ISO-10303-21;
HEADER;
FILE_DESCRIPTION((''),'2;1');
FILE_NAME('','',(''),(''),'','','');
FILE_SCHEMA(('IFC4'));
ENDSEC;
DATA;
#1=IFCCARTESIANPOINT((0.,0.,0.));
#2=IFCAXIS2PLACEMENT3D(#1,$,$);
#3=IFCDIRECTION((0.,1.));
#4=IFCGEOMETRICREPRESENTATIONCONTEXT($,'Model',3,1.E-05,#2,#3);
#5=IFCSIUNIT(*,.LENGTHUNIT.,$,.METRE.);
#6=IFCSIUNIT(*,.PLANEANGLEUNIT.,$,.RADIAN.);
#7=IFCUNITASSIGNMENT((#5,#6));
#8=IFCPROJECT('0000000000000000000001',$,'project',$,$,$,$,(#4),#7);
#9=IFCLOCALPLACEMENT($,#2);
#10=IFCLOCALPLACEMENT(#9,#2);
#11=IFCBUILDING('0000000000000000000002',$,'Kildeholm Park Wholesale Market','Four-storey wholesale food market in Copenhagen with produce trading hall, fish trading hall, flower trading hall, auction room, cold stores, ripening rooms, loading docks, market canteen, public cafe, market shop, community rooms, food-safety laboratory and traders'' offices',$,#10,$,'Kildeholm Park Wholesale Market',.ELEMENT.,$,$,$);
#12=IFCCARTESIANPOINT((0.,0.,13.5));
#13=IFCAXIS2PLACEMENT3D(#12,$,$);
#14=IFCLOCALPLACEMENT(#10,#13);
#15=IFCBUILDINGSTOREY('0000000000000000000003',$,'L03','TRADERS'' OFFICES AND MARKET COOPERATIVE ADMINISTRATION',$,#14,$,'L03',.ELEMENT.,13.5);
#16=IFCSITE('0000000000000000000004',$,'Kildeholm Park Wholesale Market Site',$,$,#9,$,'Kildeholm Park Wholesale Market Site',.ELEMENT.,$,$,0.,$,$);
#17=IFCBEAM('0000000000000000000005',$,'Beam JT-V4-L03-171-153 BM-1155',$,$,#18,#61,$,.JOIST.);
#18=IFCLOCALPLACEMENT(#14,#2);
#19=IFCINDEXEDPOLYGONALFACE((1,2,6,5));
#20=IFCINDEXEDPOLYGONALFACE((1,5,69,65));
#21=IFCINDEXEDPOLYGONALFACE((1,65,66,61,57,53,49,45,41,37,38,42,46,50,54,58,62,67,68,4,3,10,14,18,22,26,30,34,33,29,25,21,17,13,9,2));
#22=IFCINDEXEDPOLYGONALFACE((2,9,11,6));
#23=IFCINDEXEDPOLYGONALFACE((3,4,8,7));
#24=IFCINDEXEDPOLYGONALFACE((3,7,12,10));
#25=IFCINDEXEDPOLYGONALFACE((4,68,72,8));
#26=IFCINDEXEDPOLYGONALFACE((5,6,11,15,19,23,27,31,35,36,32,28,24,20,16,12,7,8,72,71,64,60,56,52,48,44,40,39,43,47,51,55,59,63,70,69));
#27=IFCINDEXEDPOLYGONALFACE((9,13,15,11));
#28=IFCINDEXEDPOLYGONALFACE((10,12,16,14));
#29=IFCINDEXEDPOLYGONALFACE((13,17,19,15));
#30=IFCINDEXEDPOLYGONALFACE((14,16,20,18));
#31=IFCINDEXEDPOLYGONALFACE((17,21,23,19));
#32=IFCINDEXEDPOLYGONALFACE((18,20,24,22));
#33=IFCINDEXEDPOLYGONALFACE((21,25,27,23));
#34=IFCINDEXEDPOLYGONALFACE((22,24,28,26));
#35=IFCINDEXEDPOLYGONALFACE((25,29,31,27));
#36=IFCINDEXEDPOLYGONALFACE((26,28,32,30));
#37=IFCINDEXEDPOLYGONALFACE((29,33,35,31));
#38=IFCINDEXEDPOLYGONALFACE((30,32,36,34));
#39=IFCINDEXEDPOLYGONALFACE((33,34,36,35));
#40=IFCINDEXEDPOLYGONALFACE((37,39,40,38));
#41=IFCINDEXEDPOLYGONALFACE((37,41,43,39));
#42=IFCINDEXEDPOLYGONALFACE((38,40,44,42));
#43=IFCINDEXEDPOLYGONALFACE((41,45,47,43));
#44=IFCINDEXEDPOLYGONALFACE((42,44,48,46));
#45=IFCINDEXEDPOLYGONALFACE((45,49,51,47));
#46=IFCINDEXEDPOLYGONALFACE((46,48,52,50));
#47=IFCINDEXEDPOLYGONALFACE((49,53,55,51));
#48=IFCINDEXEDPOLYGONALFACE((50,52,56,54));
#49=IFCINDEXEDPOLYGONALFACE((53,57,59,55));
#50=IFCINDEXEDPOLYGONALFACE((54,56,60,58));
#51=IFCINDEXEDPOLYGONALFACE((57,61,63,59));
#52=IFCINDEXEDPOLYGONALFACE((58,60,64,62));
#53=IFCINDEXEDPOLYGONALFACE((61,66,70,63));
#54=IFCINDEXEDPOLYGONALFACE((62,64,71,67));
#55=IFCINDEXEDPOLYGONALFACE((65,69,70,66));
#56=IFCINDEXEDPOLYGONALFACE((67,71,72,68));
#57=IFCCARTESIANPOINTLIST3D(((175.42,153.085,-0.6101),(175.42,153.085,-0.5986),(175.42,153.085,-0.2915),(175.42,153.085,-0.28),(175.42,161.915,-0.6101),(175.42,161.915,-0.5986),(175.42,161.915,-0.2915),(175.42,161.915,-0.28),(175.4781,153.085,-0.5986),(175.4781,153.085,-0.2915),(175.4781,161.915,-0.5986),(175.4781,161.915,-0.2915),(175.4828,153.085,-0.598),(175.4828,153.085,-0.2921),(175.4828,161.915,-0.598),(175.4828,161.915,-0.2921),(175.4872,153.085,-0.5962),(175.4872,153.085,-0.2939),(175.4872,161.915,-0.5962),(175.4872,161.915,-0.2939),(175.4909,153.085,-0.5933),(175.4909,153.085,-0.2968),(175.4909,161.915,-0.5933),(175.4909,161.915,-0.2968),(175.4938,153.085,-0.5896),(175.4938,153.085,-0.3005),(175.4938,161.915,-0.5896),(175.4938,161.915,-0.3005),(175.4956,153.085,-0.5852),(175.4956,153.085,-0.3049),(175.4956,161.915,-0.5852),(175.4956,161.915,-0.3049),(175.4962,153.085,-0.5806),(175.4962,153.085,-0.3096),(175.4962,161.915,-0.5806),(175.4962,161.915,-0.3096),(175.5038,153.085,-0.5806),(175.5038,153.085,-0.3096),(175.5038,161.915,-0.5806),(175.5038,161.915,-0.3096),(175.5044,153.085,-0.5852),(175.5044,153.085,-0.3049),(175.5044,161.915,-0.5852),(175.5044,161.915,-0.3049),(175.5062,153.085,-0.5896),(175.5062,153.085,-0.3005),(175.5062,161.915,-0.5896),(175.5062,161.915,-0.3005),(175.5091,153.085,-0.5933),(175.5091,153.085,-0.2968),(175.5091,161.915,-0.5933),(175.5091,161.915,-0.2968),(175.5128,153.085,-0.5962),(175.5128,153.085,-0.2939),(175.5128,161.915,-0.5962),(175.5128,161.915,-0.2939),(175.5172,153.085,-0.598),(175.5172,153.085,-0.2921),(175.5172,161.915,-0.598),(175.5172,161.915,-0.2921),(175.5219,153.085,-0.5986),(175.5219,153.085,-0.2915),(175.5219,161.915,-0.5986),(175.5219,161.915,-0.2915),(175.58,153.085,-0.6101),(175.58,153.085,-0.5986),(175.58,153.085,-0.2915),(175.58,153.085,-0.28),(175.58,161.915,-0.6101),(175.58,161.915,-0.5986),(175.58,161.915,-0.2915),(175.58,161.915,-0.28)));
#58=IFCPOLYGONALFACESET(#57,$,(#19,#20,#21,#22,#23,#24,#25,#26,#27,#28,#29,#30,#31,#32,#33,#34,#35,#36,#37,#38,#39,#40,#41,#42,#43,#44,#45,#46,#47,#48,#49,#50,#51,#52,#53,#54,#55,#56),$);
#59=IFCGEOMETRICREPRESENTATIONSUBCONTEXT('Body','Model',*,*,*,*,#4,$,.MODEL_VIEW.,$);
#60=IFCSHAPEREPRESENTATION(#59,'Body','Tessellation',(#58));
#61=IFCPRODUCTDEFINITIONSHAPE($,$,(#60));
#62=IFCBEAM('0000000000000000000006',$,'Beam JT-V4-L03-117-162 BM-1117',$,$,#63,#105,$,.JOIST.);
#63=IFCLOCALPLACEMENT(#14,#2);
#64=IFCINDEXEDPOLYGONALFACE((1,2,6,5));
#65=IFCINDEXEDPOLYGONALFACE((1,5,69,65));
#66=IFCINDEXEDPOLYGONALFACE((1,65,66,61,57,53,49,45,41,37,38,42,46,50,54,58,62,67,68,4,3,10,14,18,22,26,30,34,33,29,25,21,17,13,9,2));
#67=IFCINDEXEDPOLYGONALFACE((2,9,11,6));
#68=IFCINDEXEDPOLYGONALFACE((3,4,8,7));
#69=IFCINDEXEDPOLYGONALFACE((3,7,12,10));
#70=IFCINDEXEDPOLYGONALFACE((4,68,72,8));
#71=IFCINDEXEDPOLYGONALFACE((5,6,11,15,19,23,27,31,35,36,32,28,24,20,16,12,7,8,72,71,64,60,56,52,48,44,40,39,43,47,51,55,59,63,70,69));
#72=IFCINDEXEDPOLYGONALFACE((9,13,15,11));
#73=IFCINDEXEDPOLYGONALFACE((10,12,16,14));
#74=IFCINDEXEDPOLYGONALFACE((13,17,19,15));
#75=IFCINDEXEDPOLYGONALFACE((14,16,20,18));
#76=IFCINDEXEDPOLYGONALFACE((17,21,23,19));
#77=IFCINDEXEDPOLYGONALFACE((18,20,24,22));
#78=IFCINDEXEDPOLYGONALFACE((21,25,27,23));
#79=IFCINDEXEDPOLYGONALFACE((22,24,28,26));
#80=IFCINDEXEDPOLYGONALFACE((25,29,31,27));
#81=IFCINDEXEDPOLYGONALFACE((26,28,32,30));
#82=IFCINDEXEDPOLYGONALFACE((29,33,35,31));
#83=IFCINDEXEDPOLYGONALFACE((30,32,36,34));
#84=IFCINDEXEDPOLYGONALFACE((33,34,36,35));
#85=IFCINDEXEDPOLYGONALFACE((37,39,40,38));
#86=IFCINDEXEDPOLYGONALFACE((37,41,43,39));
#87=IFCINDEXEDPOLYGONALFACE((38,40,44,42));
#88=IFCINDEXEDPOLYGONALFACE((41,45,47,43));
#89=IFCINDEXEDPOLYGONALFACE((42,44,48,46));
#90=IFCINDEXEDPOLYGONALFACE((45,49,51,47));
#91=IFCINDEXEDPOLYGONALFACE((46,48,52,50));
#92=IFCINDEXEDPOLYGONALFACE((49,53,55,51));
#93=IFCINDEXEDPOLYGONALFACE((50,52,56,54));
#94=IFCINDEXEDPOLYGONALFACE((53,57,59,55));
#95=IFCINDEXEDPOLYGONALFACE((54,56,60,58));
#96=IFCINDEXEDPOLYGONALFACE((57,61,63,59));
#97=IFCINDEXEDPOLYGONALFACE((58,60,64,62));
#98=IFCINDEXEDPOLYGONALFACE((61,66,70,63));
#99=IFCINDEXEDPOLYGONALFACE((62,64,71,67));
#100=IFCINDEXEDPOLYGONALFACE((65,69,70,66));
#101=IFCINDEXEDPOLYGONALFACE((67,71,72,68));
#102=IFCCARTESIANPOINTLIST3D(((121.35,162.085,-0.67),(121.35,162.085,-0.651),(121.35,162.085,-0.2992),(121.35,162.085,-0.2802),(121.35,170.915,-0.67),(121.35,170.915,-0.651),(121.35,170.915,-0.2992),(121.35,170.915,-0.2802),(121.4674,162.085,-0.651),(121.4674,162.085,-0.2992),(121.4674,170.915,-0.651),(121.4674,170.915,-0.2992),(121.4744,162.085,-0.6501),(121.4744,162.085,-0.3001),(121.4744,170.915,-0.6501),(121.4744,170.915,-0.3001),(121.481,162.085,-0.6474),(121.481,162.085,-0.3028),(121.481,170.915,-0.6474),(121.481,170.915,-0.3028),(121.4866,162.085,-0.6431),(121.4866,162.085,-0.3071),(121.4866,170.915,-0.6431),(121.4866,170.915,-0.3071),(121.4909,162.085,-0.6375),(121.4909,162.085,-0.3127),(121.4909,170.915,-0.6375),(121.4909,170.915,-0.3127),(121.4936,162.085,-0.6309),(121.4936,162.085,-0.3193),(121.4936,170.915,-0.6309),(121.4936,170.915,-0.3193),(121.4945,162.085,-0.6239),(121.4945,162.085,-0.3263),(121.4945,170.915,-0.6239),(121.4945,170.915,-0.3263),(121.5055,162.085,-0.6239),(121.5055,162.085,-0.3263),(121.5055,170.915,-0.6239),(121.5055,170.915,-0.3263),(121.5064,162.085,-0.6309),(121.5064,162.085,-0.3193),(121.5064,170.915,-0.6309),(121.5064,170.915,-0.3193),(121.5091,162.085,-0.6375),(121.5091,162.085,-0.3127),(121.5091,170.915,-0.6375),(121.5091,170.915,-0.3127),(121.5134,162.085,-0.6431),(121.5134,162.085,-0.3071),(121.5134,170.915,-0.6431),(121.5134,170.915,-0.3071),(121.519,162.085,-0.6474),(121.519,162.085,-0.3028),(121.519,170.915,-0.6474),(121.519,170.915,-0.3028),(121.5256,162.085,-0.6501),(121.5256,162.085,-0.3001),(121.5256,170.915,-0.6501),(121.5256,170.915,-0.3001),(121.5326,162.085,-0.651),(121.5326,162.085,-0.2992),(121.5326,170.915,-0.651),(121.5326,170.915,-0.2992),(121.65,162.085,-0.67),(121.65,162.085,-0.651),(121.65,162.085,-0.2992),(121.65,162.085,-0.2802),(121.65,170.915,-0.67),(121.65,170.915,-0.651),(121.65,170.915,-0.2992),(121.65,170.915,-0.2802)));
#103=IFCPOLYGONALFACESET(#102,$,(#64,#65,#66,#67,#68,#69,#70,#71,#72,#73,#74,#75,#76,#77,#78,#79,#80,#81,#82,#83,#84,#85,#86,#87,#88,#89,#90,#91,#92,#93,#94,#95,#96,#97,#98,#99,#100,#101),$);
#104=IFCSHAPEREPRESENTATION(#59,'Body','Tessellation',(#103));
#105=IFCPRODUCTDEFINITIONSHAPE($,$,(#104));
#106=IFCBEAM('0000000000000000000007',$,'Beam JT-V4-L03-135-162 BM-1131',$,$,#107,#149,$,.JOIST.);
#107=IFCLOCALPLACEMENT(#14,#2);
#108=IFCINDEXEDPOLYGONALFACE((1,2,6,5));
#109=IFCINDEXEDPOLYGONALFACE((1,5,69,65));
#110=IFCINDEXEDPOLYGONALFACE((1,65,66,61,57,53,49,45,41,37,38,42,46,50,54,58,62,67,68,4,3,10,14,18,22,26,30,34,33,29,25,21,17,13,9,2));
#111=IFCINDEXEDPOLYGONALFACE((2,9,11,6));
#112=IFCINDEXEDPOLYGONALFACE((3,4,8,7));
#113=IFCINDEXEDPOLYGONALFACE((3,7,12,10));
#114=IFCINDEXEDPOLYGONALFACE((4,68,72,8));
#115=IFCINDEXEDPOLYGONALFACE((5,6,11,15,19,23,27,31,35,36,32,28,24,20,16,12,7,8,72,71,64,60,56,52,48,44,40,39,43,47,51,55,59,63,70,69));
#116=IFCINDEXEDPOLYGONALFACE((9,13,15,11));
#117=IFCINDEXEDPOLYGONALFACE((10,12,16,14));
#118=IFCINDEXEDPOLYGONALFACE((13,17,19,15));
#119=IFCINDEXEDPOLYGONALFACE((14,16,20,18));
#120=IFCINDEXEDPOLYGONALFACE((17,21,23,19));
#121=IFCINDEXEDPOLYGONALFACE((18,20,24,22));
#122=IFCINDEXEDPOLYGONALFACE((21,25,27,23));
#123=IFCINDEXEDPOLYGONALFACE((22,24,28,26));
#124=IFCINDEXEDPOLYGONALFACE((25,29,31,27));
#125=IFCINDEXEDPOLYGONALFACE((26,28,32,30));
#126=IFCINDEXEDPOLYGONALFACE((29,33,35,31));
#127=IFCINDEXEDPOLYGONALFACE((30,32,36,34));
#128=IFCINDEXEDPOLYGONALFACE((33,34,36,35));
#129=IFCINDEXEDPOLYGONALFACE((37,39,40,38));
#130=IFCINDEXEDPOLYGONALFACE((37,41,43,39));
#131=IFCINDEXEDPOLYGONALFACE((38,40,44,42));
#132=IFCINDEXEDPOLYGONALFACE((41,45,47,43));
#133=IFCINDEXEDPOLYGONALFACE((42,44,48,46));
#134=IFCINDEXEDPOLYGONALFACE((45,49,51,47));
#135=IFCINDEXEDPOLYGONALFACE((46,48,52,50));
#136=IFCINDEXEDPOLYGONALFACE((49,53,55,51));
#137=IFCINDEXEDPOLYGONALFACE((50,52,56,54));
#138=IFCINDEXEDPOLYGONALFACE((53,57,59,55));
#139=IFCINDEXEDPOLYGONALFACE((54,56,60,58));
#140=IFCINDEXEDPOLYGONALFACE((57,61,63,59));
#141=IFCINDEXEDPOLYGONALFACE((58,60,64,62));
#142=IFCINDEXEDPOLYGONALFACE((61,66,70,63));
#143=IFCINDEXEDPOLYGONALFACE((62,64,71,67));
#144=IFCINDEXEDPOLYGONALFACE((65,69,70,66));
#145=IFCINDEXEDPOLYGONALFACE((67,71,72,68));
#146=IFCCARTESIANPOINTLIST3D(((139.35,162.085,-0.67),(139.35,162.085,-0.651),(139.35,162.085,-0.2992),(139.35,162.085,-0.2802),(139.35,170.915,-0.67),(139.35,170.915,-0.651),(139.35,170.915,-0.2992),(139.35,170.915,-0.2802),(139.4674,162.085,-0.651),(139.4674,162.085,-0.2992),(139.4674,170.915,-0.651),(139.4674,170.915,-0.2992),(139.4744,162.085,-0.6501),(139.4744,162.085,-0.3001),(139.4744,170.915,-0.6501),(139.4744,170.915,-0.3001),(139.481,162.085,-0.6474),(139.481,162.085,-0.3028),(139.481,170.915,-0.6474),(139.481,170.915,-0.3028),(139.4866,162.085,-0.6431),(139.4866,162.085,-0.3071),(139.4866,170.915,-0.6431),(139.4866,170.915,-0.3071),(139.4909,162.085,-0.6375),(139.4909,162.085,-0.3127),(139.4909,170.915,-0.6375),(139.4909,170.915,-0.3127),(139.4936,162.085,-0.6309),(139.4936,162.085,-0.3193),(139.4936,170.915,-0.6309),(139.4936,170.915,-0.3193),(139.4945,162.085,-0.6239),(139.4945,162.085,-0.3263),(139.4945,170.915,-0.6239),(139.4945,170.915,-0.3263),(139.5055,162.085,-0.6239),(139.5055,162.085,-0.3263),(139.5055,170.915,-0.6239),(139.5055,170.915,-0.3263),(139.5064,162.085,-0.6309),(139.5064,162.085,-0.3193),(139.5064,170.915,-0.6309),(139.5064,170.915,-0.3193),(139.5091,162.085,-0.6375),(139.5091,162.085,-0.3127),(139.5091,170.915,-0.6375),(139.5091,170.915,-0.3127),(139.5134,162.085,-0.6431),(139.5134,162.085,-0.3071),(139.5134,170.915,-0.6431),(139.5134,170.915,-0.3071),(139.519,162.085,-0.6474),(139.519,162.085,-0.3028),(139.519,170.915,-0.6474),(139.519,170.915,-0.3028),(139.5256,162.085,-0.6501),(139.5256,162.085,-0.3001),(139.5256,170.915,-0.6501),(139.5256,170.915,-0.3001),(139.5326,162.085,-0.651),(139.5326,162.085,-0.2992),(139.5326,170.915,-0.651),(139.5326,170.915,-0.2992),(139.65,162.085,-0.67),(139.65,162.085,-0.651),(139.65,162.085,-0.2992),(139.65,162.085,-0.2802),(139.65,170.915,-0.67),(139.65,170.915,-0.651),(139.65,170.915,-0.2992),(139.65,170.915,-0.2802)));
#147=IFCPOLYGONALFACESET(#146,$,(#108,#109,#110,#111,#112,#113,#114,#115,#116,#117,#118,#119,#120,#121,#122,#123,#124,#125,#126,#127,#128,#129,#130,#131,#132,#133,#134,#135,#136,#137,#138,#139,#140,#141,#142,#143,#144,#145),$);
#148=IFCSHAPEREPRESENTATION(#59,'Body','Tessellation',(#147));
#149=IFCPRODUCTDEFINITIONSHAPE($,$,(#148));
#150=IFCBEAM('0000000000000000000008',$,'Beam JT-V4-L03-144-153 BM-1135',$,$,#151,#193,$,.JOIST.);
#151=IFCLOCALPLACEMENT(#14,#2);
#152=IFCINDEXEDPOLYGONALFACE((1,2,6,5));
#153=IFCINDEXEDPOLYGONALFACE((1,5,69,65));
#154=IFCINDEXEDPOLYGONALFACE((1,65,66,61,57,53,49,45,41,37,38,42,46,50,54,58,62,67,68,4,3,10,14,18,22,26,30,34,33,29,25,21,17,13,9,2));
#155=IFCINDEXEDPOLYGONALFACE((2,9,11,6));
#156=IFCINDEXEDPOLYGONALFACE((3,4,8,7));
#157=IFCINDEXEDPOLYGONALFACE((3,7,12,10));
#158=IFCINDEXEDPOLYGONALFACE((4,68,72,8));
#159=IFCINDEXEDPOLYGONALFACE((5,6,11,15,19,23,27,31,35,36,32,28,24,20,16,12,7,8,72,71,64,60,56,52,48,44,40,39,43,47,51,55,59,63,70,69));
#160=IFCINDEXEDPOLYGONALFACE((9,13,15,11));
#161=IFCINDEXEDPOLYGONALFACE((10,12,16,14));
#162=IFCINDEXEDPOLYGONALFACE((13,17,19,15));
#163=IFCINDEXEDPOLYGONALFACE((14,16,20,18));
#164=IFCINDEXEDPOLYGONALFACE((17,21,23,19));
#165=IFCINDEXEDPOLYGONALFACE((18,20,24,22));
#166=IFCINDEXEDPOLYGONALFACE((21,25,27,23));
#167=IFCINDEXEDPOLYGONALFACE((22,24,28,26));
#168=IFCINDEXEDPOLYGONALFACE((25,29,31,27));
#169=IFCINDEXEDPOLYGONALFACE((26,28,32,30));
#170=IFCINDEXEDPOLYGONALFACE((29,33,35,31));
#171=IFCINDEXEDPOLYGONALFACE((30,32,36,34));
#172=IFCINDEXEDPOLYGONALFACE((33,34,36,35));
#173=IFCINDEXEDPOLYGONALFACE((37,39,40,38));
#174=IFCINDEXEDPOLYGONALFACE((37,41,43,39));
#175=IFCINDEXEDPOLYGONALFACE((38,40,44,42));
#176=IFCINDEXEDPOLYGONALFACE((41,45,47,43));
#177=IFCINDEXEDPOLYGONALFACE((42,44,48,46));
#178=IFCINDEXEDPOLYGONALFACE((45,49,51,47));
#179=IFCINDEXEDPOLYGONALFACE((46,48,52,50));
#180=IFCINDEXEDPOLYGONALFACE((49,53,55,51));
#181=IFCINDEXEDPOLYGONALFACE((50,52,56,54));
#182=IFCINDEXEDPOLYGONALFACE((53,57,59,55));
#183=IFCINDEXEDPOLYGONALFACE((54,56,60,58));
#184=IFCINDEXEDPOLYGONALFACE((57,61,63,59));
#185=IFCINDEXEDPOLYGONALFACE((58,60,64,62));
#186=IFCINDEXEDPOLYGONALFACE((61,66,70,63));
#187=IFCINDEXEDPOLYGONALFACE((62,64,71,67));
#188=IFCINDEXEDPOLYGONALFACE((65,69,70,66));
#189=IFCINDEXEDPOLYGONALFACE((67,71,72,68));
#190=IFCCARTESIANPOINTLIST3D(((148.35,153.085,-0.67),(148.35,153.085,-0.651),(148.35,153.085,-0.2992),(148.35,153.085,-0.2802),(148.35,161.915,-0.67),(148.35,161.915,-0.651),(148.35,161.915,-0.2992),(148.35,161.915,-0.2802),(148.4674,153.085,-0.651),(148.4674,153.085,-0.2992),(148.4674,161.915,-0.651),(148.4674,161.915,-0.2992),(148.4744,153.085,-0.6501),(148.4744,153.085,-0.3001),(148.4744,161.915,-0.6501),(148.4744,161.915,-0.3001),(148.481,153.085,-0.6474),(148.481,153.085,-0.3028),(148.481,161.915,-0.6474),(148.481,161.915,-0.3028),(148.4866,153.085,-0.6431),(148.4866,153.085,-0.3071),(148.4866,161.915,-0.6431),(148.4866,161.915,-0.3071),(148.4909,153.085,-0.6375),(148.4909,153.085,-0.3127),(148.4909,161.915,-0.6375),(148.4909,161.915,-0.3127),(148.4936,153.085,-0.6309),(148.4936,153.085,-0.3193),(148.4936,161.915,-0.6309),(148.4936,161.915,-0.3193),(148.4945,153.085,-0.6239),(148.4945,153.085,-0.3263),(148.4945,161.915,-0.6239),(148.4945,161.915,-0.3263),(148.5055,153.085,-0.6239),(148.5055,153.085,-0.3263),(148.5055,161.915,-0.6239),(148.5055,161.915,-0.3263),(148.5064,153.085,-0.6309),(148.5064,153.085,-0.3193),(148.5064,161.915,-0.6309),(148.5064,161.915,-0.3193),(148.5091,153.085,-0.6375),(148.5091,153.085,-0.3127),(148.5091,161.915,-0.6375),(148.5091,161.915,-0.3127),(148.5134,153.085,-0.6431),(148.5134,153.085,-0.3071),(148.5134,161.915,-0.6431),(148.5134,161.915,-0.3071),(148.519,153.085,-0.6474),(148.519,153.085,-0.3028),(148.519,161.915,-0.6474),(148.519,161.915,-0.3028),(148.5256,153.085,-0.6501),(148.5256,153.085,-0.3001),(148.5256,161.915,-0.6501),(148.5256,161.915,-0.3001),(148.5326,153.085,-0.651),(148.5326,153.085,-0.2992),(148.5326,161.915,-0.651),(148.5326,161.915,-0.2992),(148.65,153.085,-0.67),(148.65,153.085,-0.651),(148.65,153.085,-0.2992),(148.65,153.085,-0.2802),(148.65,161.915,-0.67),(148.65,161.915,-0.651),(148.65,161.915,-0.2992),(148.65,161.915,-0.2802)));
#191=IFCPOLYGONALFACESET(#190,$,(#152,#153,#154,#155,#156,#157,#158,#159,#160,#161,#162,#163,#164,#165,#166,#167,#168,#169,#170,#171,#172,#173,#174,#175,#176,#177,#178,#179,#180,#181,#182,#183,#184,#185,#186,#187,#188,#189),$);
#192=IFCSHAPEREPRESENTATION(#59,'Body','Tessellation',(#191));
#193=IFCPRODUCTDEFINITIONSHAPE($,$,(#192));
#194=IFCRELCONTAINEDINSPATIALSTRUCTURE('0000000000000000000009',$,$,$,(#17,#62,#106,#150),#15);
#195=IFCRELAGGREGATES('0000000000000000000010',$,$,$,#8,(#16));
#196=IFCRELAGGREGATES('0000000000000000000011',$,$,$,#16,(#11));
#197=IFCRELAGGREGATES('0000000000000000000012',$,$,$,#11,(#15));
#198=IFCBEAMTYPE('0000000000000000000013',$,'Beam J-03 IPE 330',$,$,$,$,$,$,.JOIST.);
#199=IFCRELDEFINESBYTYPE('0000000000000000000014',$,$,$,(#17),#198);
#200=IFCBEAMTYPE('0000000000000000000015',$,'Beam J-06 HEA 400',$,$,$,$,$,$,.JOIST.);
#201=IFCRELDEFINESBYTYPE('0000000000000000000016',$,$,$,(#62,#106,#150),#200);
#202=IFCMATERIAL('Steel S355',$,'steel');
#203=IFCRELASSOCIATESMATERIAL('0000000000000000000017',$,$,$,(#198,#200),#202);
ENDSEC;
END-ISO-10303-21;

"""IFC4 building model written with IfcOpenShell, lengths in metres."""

from ifc_helpers import new_model, si_unit, direction, frame, origin, origin_2d, place, context, subcontext, project, spatial, i_section, extrude, material, material_profile, profile_set, type_object, element, save


model = new_model("IFC4")

# Units and contexts
model_context = context("Model", 3, precision=1e-05, world=origin(), true_north=direction((0.0, 1.0)))
body_context = subcontext(model_context, "Body", "Model", "MODEL_VIEW")
ifc_project = project(units=[si_unit("LENGTHUNIT", "METRE"), si_unit("PLANEANGLEUNIT", "RADIAN")], contexts=[model_context])

# Site, building, storey
site_placement = place(None, origin())
site = spatial("IfcSite", under=ifc_project, at=site_placement, Name="Kildeholm Park Wholesale Market Site", LongName="Kildeholm Park Wholesale Market Site", CompositionType="ELEMENT", RefElevation=0.0)
building_placement = place(site_placement, origin())
building = spatial("IfcBuilding", under=site, at=building_placement, Name="Kildeholm Park Wholesale Market", Description="Four-storey wholesale food market in Copenhagen with produce trading hall, fish trading hall, flower trading hall, auction room, cold stores, ripening rooms, loading docks, market canteen, public cafe, market shop, community rooms, food-safety laboratory and traders' offices", LongName="Kildeholm Park Wholesale Market", CompositionType="ELEMENT")
storey_placement = place(building_placement, frame((0.0, 0.0, 13.5)))
storey = spatial("IfcBuildingStorey", under=building, at=storey_placement, Name="L03", Description="TRADERS' OFFICES AND MARKET COOPERATIVE ADMINISTRATION", LongName="L03", CompositionType="ELEMENT", Elevation=13.5)

# Beams
ifc_material_1 = material(Name="Steel S355", Category="steel")
ifc_material_profile_1 = material_profile(ifc_material_1, i_section(OverallWidth=0.1599, OverallDepth=0.3301, WebThickness=0.0076, FlangeThickness=0.0115, FilletRadius=0.0181, at=origin_2d()), Name="IPE 330")
ifc_profile_set_1 = profile_set([ifc_material_profile_1], Name="Steel S355")
beam_type_1 = type_object("IfcBeamType", Name="Beam J-03 IPE 330", PredefinedType="JOIST", material=ifc_profile_set_1)
for number, where, z_axis, x_axis, name in (
    (1, (175.5, 153.085, -0.4451), (0.0, 1.0, 0.0), (-1.0, 0.0, 0.0), "Beam JT-V4-L03-171-153 BM-1155"),
):
    element("IfcBeam", number, at=place(storey_placement, frame(where, z_axis=z_axis, x_axis=x_axis)), inside=storey, type_object=beam_type_1, Name=name, PredefinedType="JOIST", context=body_context, shape_type="SweptSolid", body=[
        extrude(i_section(OverallWidth=0.1599, OverallDepth=0.3301, WebThickness=0.0076, FlangeThickness=0.0115, FilletRadius=0.0181, at=origin_2d()), origin(), (0.0, 0.0, 1.0), 8.8301),
    ])
ifc_material_profile_2 = material_profile(ifc_material_1, i_section(OverallWidth=0.3, OverallDepth=0.3899, WebThickness=0.011, FlangeThickness=0.019, FilletRadius=0.0271, at=origin_2d()), Name="HEA 400")
ifc_profile_set_2 = profile_set([ifc_material_profile_2], Name="Steel S355")
beam_type_2 = type_object("IfcBeamType", Name="Beam J-06 HEA 400", PredefinedType="JOIST", material=ifc_profile_set_2)
for number, where, z_axis, x_axis, name in (
    (2, (121.5, 162.085, -0.4751), (0.0, 1.0, 0.0), (-1.0, 0.0, 0.0), "Beam JT-V4-L03-117-162 BM-1117"),
    (3, (139.5, 162.085, -0.4751), (0.0, 1.0, 0.0), (-1.0, 0.0, 0.0), "Beam JT-V4-L03-135-162 BM-1131"),
    (4, (148.5, 153.085, -0.4751), (0.0, 1.0, 0.0), (-1.0, 0.0, 0.0), "Beam JT-V4-L03-144-153 BM-1135"),
):
    element("IfcBeam", number, at=place(storey_placement, frame(where, z_axis=z_axis, x_axis=x_axis)), inside=storey, type_object=beam_type_2, Name=name, PredefinedType="JOIST", context=body_context, shape_type="SweptSolid", body=[
        extrude(i_section(OverallWidth=0.3, OverallDepth=0.3899, WebThickness=0.011, FlangeThickness=0.019, FilletRadius=0.0271, at=origin_2d()), origin(), (0.0, 0.0, 1.0), 8.8301),
    ])

save(model, "model.ifc")
